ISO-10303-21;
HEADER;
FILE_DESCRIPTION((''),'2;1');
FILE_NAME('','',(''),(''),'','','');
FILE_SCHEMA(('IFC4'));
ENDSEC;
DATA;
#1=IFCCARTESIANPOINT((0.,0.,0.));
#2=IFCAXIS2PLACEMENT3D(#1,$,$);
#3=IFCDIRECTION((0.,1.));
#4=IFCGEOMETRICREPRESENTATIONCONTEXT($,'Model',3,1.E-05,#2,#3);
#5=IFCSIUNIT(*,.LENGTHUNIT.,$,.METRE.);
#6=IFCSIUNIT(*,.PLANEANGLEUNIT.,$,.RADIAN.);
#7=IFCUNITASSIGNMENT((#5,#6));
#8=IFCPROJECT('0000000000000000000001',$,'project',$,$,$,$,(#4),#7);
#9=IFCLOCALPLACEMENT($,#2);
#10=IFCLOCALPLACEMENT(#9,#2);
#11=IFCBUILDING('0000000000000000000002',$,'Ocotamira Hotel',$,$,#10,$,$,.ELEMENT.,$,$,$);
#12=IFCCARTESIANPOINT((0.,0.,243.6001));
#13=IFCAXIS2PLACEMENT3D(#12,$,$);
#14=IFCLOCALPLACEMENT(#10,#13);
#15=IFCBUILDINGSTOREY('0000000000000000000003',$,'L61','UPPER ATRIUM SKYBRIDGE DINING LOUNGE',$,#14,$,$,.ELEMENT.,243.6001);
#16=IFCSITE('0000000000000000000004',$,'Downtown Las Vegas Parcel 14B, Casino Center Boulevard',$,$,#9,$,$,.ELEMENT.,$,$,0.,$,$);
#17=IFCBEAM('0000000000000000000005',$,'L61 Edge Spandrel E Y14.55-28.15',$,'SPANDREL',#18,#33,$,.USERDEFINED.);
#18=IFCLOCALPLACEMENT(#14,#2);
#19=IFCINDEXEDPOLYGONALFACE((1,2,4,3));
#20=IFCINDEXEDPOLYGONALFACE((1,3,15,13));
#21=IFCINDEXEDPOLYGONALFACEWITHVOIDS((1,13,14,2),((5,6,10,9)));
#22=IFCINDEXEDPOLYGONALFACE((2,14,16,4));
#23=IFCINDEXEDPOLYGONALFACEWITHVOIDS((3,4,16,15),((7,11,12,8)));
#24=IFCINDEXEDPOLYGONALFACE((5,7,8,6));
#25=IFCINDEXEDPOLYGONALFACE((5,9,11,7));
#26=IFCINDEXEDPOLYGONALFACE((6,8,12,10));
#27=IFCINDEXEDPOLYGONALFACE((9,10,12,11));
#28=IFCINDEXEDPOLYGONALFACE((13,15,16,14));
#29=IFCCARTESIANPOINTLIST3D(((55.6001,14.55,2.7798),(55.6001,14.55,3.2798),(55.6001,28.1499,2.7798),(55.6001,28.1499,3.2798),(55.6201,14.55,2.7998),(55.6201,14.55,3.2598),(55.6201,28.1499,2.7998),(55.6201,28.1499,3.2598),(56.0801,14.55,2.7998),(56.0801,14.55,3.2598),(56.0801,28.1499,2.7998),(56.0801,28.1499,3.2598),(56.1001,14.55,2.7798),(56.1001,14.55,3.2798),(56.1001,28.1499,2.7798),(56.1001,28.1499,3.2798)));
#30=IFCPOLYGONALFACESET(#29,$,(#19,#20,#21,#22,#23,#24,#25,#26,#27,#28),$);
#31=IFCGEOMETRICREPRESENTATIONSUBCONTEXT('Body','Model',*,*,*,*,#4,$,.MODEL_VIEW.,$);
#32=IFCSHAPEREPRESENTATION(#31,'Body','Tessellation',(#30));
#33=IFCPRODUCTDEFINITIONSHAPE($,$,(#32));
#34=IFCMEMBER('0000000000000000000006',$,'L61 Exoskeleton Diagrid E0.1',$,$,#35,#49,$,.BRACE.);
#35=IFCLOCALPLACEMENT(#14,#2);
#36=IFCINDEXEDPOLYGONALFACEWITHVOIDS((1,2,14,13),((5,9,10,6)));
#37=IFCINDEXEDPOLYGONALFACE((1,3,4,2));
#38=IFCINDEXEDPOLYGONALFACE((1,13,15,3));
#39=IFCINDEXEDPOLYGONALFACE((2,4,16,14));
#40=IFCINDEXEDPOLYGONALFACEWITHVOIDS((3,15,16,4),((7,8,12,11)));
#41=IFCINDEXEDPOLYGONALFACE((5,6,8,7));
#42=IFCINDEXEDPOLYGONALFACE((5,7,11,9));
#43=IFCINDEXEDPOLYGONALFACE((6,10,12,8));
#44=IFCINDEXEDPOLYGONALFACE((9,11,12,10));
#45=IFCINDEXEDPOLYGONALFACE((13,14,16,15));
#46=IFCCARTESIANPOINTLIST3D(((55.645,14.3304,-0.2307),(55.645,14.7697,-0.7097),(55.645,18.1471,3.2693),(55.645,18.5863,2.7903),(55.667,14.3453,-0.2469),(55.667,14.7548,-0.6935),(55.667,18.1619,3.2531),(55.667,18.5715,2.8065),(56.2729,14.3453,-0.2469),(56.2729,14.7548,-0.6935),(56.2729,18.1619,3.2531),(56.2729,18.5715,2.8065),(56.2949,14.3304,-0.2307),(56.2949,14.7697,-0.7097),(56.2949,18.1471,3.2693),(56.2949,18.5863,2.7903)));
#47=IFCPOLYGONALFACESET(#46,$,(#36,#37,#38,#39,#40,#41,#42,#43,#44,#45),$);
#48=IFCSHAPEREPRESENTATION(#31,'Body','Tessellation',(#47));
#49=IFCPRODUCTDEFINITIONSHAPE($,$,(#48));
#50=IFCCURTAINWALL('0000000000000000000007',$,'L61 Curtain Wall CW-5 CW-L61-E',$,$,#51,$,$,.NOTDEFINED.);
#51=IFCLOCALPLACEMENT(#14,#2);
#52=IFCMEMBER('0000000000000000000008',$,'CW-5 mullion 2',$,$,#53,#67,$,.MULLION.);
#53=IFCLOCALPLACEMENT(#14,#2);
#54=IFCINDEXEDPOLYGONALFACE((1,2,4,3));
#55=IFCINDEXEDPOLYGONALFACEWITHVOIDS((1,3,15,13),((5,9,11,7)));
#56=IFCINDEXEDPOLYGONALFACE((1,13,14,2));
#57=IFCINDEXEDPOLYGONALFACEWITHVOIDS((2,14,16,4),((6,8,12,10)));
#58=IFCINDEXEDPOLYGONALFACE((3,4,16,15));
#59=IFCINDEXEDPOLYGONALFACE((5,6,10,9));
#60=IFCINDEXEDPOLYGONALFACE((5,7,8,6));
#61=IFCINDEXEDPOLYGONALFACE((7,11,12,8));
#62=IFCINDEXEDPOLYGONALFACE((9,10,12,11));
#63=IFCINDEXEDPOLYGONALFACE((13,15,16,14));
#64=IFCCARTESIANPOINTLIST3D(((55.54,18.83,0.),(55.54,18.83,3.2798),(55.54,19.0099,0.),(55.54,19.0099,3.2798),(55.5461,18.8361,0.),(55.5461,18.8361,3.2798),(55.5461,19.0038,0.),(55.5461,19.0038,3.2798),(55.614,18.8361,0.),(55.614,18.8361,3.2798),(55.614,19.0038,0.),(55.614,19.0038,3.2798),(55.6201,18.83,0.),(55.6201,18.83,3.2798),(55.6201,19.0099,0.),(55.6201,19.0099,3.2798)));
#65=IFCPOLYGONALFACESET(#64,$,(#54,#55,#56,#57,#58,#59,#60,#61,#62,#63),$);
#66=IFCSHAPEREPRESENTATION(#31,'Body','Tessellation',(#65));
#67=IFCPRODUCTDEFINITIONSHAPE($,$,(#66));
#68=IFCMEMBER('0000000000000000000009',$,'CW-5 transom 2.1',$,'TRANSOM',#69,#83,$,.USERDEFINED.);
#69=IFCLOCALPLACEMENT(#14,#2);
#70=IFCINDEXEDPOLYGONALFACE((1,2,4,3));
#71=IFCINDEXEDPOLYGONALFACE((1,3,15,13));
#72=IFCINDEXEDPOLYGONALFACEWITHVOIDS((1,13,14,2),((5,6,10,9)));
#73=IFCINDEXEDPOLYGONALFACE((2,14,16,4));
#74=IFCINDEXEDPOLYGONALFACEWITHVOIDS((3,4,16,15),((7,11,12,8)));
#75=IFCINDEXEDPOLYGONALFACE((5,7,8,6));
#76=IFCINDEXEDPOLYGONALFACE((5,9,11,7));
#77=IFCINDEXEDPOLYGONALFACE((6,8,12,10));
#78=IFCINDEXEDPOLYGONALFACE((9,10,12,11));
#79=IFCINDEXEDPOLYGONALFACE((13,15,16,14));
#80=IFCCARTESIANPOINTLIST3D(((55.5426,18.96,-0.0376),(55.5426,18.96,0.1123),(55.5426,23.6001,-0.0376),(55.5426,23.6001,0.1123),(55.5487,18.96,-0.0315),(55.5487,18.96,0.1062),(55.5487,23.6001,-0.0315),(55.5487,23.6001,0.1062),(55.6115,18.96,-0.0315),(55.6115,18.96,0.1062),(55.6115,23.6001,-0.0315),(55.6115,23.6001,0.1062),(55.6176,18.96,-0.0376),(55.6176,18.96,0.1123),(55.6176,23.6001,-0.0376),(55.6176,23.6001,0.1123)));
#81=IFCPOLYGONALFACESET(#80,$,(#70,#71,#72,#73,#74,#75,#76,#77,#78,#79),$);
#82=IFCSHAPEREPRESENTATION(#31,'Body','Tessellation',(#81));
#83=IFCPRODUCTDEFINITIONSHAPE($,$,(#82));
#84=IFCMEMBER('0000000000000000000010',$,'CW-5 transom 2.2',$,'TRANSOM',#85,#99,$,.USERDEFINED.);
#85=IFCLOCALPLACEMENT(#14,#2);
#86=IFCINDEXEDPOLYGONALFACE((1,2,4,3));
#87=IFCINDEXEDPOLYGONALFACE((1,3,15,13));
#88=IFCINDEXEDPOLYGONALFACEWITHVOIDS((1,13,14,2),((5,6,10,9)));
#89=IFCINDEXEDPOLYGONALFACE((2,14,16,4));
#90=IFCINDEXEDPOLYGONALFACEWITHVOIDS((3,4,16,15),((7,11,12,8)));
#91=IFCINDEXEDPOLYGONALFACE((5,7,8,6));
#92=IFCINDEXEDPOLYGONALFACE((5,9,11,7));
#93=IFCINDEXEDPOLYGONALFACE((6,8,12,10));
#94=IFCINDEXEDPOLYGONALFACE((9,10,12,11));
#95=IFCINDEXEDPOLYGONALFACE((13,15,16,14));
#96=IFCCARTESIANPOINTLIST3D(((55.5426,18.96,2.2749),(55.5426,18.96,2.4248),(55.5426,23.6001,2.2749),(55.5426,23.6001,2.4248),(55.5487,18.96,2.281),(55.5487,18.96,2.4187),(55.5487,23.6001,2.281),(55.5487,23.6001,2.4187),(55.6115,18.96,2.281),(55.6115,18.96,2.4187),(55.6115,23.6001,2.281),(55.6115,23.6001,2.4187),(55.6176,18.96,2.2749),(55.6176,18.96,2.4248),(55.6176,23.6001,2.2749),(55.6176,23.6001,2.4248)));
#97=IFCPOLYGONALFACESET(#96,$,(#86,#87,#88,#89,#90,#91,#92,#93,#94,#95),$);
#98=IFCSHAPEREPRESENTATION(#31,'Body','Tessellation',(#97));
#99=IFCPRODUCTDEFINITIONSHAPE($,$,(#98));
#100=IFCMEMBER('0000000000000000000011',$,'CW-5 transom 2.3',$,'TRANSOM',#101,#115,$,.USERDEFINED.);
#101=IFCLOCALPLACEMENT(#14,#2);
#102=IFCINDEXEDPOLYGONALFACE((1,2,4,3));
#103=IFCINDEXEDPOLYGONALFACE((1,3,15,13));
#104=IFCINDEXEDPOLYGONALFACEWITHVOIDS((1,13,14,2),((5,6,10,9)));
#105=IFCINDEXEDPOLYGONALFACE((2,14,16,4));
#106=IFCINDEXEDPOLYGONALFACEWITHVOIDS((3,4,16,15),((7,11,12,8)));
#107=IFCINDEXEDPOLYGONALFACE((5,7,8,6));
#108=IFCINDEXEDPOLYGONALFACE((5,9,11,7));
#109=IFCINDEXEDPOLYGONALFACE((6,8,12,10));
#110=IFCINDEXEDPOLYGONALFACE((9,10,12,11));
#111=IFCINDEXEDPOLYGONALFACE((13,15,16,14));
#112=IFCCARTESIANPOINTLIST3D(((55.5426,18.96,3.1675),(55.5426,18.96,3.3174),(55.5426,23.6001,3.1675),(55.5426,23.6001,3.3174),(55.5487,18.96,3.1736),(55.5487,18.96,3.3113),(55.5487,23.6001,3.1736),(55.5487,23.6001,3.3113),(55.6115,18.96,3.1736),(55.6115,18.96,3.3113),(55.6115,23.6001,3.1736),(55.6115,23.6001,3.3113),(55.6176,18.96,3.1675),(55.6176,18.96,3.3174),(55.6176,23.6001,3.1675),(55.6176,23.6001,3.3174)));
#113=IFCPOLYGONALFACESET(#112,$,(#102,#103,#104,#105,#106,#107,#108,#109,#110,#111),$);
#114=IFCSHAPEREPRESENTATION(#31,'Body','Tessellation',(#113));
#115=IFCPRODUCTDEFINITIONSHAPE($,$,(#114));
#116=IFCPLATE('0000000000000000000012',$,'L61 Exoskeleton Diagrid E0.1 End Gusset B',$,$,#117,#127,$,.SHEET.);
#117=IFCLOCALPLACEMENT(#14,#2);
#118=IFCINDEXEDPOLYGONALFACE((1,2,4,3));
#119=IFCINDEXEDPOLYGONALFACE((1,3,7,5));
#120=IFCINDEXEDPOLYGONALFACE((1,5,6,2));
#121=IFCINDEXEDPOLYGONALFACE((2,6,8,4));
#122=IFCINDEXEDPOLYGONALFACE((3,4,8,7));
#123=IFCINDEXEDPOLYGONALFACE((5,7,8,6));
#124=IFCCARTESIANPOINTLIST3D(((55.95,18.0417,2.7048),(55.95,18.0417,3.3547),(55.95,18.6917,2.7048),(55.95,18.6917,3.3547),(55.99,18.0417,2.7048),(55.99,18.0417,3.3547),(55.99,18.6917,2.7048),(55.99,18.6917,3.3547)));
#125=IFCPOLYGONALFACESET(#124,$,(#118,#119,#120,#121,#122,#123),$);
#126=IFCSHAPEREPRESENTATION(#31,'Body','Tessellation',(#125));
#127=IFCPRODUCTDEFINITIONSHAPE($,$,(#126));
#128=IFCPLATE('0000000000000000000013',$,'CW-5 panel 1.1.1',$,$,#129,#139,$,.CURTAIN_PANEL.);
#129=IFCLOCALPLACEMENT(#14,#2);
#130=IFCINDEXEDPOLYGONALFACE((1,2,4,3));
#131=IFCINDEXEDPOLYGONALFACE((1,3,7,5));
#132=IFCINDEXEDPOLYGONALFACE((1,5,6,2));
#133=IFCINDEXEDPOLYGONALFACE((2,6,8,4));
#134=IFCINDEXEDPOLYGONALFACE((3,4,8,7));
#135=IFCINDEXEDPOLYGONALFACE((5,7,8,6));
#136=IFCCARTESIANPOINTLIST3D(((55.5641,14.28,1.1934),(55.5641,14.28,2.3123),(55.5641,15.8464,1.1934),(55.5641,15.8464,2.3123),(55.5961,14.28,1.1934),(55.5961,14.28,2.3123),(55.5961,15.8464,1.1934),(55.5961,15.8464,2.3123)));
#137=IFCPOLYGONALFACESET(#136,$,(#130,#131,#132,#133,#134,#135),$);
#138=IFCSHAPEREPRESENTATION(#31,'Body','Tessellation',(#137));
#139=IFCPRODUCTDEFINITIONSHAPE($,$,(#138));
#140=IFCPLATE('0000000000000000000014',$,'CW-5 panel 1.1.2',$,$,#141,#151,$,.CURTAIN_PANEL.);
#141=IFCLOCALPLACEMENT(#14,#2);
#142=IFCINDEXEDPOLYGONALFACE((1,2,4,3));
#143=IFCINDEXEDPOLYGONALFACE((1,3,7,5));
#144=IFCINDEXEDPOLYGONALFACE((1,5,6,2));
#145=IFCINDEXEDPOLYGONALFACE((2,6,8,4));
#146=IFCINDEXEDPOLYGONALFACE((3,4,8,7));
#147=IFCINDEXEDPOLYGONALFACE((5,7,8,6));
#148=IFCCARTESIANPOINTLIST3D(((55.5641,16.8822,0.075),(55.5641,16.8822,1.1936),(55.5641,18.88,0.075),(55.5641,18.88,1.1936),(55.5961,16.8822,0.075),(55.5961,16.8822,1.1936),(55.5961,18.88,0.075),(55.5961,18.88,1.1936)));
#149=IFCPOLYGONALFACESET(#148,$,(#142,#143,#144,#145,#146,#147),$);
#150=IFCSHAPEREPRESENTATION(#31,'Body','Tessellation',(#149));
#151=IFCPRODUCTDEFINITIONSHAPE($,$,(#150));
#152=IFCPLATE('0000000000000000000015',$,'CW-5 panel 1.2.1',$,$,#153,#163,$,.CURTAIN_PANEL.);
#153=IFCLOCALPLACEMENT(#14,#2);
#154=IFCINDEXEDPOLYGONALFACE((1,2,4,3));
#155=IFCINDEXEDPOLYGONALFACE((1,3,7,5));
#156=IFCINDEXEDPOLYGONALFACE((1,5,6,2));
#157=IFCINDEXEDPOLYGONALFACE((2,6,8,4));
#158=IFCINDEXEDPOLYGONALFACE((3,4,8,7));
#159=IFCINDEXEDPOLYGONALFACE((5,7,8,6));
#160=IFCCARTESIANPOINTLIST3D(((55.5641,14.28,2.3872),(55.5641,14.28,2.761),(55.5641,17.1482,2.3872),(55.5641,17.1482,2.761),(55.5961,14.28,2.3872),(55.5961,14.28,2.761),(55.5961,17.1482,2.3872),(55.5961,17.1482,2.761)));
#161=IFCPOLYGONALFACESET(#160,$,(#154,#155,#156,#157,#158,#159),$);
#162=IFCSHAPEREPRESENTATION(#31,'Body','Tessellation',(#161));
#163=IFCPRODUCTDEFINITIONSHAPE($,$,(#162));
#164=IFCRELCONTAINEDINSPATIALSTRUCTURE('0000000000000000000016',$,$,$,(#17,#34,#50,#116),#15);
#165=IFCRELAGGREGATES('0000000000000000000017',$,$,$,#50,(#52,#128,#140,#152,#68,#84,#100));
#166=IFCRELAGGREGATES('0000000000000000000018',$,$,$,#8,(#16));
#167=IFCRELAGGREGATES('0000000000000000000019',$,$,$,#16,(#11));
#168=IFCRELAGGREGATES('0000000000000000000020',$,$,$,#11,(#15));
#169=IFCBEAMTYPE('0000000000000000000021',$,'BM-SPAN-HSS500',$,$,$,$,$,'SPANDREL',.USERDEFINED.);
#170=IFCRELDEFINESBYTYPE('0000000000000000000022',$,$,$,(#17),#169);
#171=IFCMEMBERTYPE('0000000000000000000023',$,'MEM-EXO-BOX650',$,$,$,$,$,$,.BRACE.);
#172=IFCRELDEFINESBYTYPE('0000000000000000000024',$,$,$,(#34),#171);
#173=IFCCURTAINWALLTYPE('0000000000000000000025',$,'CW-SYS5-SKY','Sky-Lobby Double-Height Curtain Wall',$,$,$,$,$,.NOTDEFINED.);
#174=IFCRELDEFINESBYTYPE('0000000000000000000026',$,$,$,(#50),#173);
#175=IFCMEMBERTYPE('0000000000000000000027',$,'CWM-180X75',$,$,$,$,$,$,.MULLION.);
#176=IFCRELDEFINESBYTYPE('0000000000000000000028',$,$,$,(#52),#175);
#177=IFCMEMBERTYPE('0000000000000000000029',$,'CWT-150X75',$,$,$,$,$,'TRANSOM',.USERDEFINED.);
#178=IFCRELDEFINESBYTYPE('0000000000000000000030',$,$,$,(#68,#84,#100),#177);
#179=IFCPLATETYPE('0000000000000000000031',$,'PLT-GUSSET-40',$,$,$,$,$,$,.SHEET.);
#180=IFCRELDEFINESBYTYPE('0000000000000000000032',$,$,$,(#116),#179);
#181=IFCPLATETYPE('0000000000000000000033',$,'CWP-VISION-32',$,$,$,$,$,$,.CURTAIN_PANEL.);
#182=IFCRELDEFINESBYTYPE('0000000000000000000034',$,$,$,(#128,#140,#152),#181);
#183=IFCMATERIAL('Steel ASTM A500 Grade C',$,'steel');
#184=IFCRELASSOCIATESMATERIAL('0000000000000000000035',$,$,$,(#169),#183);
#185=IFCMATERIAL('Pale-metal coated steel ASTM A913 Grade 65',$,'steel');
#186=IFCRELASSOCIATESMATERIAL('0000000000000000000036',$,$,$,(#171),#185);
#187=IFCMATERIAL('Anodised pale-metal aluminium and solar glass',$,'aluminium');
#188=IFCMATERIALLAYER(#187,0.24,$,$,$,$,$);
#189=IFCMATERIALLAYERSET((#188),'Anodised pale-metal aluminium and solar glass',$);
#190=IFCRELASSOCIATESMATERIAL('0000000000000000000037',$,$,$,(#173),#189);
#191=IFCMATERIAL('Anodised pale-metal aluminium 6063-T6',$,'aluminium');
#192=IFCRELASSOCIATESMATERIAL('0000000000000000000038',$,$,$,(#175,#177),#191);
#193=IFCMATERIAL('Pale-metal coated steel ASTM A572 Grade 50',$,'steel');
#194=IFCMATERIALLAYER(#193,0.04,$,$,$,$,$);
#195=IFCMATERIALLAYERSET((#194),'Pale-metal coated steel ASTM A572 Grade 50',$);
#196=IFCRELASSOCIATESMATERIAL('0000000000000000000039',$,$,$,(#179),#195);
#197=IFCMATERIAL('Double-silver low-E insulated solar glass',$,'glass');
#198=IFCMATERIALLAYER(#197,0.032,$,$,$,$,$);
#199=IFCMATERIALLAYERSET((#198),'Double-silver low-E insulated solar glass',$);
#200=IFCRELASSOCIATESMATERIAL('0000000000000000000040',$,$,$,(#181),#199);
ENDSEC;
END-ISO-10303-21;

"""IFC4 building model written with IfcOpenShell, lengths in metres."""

from ifc_helpers import new_model, si_unit, direction, frame, origin, origin_2d, place, context, subcontext, project, spatial, rectangle, hollow_rectangle, extrude, source, transform, mapped, material, layer, layer_set, material_profile, profile_set, type_object, element, aggregate, save


model = new_model("IFC4")

# Units and contexts
model_context = context("Model", 3, precision=1e-05, world=origin(), true_north=direction((0.0, 1.0)))
body_context = subcontext(model_context, "Body", "Model", "MODEL_VIEW")
ifc_project = project(units=[si_unit("LENGTHUNIT", "METRE"), si_unit("PLANEANGLEUNIT", "RADIAN")], contexts=[model_context])

# Site, building, storey
site_placement = place(None, origin())
site = spatial("IfcSite", under=ifc_project, at=site_placement, Name="Downtown Las Vegas Parcel 14B, Casino Center Boulevard", CompositionType="ELEMENT", RefElevation=0.0)
building_placement = place(site_placement, origin())
building = spatial("IfcBuilding", under=site, at=building_placement, Name="Ocotamira Hotel", CompositionType="ELEMENT")
storey_placement = place(building_placement, frame((0.0, 0.0, 243.6001)))
storey = spatial("IfcBuildingStorey", under=building, at=storey_placement, Name="L61", Description="UPPER ATRIUM SKYBRIDGE DINING LOUNGE", CompositionType="ELEMENT", Elevation=243.6001)

# Beam
ifc_material_1 = material(Name="Steel ASTM A500 Grade C", Category="steel")
ifc_material_profile_1 = material_profile(ifc_material_1, hollow_rectangle(XDim=0.5, YDim=0.5, WallThickness=0.02, at=origin_2d()), Name="HSS500X500X20")
ifc_profile_set_1 = profile_set([ifc_material_profile_1], Name="Steel ASTM A500 Grade C")
beam_type = type_object("IfcBeamType", Name="BM-SPAN-HSS500", ElementType="SPANDREL", PredefinedType="USERDEFINED", material=ifc_profile_set_1)
shared_shape_1 = source(origin(), body_context, "Body", "SweptSolid", [
    extrude(hollow_rectangle(XDim=0.5, YDim=0.5, WallThickness=0.02, at=origin_2d()), origin(), (0.0, 0.0, 1.0), 13.5999),
])
beam_placement = place(storey_placement, frame((55.8501, 14.55, 3.0298), z_axis=(0.0, 1.0, 0.0), x_axis=(-1.0, 0.0, 0.0)))
element("IfcBeam", 1, at=beam_placement, inside=storey, type_object=beam_type, Name="L61 Edge Spandrel E Y14.55-28.15", ObjectType="SPANDREL", PredefinedType="USERDEFINED", context=body_context, shape_type="MappedRepresentation", body=[
    mapped(shared_shape_1, transform((0.0, 0.0, 0.0), scale=1.0)),
])

# Member
ifc_material_2 = material(Name="Pale-metal coated steel ASTM A913 Grade 65", Category="steel")
ifc_material_profile_2 = material_profile(ifc_material_2, hollow_rectangle(XDim=0.6499, YDim=0.6499, WallThickness=0.022, at=origin_2d()), Name="BOX650X650X22")
ifc_profile_set_2 = profile_set([ifc_material_profile_2], Name="Pale-metal coated steel ASTM A913 Grade 65")
member_type_1 = type_object("IfcMemberType", Name="MEM-EXO-BOX650", PredefinedType="BRACE", material=ifc_profile_set_2)
shared_shape_2 = source(origin(), body_context, "Body", "SweptSolid", [
    extrude(hollow_rectangle(XDim=0.6499, YDim=0.6499, WallThickness=0.022, at=origin_2d()), origin(), (0.0, 0.0, 1.0), 5.1785),
])
member_1_placement = place(storey_placement, frame((55.97, 14.55, -0.4702), z_axis=(0.0, 0.737019, 0.675872), x_axis=(-1.0, 0.0, 0.0)))
element("IfcMember", 2, at=member_1_placement, inside=storey, type_object=member_type_1, Name="L61 Exoskeleton Diagrid E0.1", PredefinedType="BRACE", context=body_context, shape_type="MappedRepresentation", body=[
    mapped(shared_shape_2, transform((0.0, 0.0, 0.0), scale=1.0)),
])

# Curtain wall, members
ifc_material_3 = material(Name="Anodised pale-metal aluminium and solar glass", Category="aluminium")
ifc_layer_1 = layer(ifc_material_3, 0.24)
ifc_layer_set_1 = layer_set([ifc_layer_1], Name="Anodised pale-metal aluminium and solar glass")
curtain_wall_type = type_object("IfcCurtainWallType", Name="CW-SYS5-SKY", Description="Sky-Lobby Double-Height Curtain Wall", PredefinedType="NOTDEFINED", material=ifc_layer_set_1)
curtain_wall_placement = place(storey_placement, origin())
curtain_wall = element("IfcCurtainWall", 3, at=curtain_wall_placement, inside=storey, type_object=curtain_wall_type, Name="L61 Curtain Wall CW-5 CW-L61-E", PredefinedType="NOTDEFINED")
ifc_material_4 = material(Name="Anodised pale-metal aluminium 6063-T6", Category="aluminium")
ifc_material_profile_3 = material_profile(ifc_material_4, hollow_rectangle(XDim=0.0801, YDim=0.1799, WallThickness=0.0061, at=origin_2d()), Name="HSS180X80X6")
ifc_profile_set_3 = profile_set([ifc_material_profile_3], Name="Anodised pale-metal aluminium 6063-T6")
member_type_2 = type_object("IfcMemberType", Name="CWM-180X75", PredefinedType="MULLION", material=ifc_profile_set_3)
shared_shape_3 = source(origin(), body_context, "Body", "SweptSolid", [
    extrude(hollow_rectangle(XDim=0.0801, YDim=0.1799, WallThickness=0.0061, at=origin_2d()), origin(), (0.0, 0.0, 1.0), 3.2798),
])
member_2_placement = place(storey_placement, frame((55.5801, 18.9199, 0.0), z_axis=(0.0, 0.0, 1.0), x_axis=(-1.0, 0.0, 0.0)))
member_2 = element("IfcMember", 4, at=member_2_placement, type_object=member_type_2, Name="CW-5 mullion 2", PredefinedType="MULLION", context=body_context, shape_type="MappedRepresentation", body=[
    mapped(shared_shape_3, transform((0.0, 0.0, 0.0), scale=1.0)),
])
ifc_material_profile_4 = material_profile(ifc_material_4, hollow_rectangle(XDim=0.075, YDim=0.1499, WallThickness=0.0061, at=origin_2d()), Name="HSS150X75X6")
ifc_profile_set_4 = profile_set([ifc_material_profile_4], Name="Anodised pale-metal aluminium 6063-T6")
member_type_3 = type_object("IfcMemberType", Name="CWT-150X75", ElementType="TRANSOM", PredefinedType="USERDEFINED", material=ifc_profile_set_4)
shared_shape_4 = source(origin(), body_context, "Body", "SweptSolid", [
    extrude(hollow_rectangle(XDim=0.075, YDim=0.1499, WallThickness=0.0061, at=origin_2d()), origin(), (0.0, 0.0, 1.0), 4.6401),
])
member_3_placement = place(storey_placement, frame((55.5801, 18.96, 0.0374), z_axis=(0.0, 1.0, 0.0), x_axis=(-1.0, 0.0, 0.0)))
member_3 = element("IfcMember", 5, at=member_3_placement, type_object=member_type_3, Name="CW-5 transom 2.1", ObjectType="TRANSOM", PredefinedType="USERDEFINED", context=body_context, shape_type="MappedRepresentation", body=[
    mapped(shared_shape_4, transform((0.0, 0.0, 0.0), scale=1.0)),
])
member_4_placement = place(storey_placement, frame((55.5801, 18.96, 2.3499), z_axis=(0.0, 1.0, 0.0), x_axis=(-1.0, 0.0, 0.0)))
member_4 = element("IfcMember", 6, at=member_4_placement, type_object=member_type_3, Name="CW-5 transom 2.2", ObjectType="TRANSOM", PredefinedType="USERDEFINED", context=body_context, shape_type="MappedRepresentation", body=[
    mapped(shared_shape_4, transform((0.0, 0.0, 0.0), scale=1.0)),
])
member_5_placement = place(storey_placement, frame((55.5801, 18.96, 3.2424), z_axis=(0.0, 1.0, 0.0), x_axis=(-1.0, 0.0, 0.0)))
member_5 = element("IfcMember", 7, at=member_5_placement, type_object=member_type_3, Name="CW-5 transom 2.3", ObjectType="TRANSOM", PredefinedType="USERDEFINED", context=body_context, shape_type="MappedRepresentation", body=[
    mapped(shared_shape_4, transform((0.0, 0.0, 0.0), scale=1.0)),
])

# Plates
ifc_material_5 = material(Name="Pale-metal coated steel ASTM A572 Grade 50", Category="steel")
ifc_layer_2 = layer(ifc_material_5, 0.04)
ifc_layer_set_2 = layer_set([ifc_layer_2], Name="Pale-metal coated steel ASTM A572 Grade 50")
plate_type_1 = type_object("IfcPlateType", Name="PLT-GUSSET-40", PredefinedType="SHEET", material=ifc_layer_set_2)
shared_shape_5 = source(origin(), body_context, "Body", "SweptSolid", [
    extrude(rectangle(XDim=0.04, YDim=0.6499, at=origin_2d()), origin(), (0.0, 0.0, 1.0), 0.6499),
])
plate_1_placement = place(storey_placement, frame((55.97, 18.3667, 2.7048), z_axis=(0.0, 0.0, 1.0), x_axis=(1.0, 0.0, 0.0)))
element("IfcPlate", 8, at=plate_1_placement, inside=storey, type_object=plate_type_1, Name="L61 Exoskeleton Diagrid E0.1 End Gusset B", PredefinedType="SHEET", context=body_context, shape_type="MappedRepresentation", body=[
    mapped(shared_shape_5, transform((0.0, 0.0, 0.0), scale=1.0)),
])
ifc_material_6 = material(Name="Double-silver low-E insulated solar glass", Category="glass")
ifc_layer_3 = layer(ifc_material_6, 0.032)
ifc_layer_set_3 = layer_set([ifc_layer_3], Name="Double-silver low-E insulated solar glass")
plate_type_2 = type_object("IfcPlateType", Name="CWP-VISION-32", PredefinedType="CURTAIN_PANEL", material=ifc_layer_set_3)
shared_shape_6 = source(origin(), body_context, "Body", "SweptSolid", [
    extrude(rectangle(XDim=1.5664, YDim=0.032, at=origin_2d()), origin(), (0.0, 0.0, 1.0), 1.1189),
])
plate_2_placement = place(storey_placement, frame((55.5801, 15.0632, 1.1934), z_axis=(0.0, 0.0, 1.0), x_axis=(0.0, 1.0, 0.0)))
plate_2 = element("IfcPlate", 9, at=plate_2_placement, type_object=plate_type_2, Name="CW-5 panel 1.1.1", PredefinedType="CURTAIN_PANEL", context=body_context, shape_type="MappedRepresentation", body=[
    mapped(shared_shape_6, transform((0.0, 0.0, 0.0), scale=1.0)),
])
shared_shape_7 = source(origin(), body_context, "Body", "SweptSolid", [
    extrude(rectangle(XDim=1.9978, YDim=0.032, at=origin_2d()), origin(), (0.0, 0.0, 1.0), 1.1187),
])
plate_3_placement = place(storey_placement, frame((55.5801, 17.8811, 0.075), z_axis=(0.0, 0.0, 1.0), x_axis=(0.0, 1.0, 0.0)))
plate_3 = element("IfcPlate", 10, at=plate_3_placement, type_object=plate_type_2, Name="CW-5 panel 1.1.2", PredefinedType="CURTAIN_PANEL", context=body_context, shape_type="MappedRepresentation", body=[
    mapped(shared_shape_7, transform((0.0, 0.0, 0.0), scale=1.0)),
])
shared_shape_8 = source(origin(), body_context, "Body", "SweptSolid", [
    extrude(rectangle(XDim=2.8682, YDim=0.032, at=origin_2d()), origin(), (0.0, 0.0, 1.0), 0.3738),
])
plate_4_placement = place(storey_placement, frame((55.5801, 15.7141, 2.3872), z_axis=(0.0, 0.0, 1.0), x_axis=(0.0, 1.0, 0.0)))
plate_4 = element("IfcPlate", 11, at=plate_4_placement, type_object=plate_type_2, Name="CW-5 panel 1.2.1", PredefinedType="CURTAIN_PANEL", context=body_context, shape_type="MappedRepresentation", body=[
    mapped(shared_shape_8, transform((0.0, 0.0, 0.0), scale=1.0)),
])
aggregate(curtain_wall, [member_2, plate_2, plate_3, plate_4, member_3, member_4, member_5])

save(model, "model.ifc")
